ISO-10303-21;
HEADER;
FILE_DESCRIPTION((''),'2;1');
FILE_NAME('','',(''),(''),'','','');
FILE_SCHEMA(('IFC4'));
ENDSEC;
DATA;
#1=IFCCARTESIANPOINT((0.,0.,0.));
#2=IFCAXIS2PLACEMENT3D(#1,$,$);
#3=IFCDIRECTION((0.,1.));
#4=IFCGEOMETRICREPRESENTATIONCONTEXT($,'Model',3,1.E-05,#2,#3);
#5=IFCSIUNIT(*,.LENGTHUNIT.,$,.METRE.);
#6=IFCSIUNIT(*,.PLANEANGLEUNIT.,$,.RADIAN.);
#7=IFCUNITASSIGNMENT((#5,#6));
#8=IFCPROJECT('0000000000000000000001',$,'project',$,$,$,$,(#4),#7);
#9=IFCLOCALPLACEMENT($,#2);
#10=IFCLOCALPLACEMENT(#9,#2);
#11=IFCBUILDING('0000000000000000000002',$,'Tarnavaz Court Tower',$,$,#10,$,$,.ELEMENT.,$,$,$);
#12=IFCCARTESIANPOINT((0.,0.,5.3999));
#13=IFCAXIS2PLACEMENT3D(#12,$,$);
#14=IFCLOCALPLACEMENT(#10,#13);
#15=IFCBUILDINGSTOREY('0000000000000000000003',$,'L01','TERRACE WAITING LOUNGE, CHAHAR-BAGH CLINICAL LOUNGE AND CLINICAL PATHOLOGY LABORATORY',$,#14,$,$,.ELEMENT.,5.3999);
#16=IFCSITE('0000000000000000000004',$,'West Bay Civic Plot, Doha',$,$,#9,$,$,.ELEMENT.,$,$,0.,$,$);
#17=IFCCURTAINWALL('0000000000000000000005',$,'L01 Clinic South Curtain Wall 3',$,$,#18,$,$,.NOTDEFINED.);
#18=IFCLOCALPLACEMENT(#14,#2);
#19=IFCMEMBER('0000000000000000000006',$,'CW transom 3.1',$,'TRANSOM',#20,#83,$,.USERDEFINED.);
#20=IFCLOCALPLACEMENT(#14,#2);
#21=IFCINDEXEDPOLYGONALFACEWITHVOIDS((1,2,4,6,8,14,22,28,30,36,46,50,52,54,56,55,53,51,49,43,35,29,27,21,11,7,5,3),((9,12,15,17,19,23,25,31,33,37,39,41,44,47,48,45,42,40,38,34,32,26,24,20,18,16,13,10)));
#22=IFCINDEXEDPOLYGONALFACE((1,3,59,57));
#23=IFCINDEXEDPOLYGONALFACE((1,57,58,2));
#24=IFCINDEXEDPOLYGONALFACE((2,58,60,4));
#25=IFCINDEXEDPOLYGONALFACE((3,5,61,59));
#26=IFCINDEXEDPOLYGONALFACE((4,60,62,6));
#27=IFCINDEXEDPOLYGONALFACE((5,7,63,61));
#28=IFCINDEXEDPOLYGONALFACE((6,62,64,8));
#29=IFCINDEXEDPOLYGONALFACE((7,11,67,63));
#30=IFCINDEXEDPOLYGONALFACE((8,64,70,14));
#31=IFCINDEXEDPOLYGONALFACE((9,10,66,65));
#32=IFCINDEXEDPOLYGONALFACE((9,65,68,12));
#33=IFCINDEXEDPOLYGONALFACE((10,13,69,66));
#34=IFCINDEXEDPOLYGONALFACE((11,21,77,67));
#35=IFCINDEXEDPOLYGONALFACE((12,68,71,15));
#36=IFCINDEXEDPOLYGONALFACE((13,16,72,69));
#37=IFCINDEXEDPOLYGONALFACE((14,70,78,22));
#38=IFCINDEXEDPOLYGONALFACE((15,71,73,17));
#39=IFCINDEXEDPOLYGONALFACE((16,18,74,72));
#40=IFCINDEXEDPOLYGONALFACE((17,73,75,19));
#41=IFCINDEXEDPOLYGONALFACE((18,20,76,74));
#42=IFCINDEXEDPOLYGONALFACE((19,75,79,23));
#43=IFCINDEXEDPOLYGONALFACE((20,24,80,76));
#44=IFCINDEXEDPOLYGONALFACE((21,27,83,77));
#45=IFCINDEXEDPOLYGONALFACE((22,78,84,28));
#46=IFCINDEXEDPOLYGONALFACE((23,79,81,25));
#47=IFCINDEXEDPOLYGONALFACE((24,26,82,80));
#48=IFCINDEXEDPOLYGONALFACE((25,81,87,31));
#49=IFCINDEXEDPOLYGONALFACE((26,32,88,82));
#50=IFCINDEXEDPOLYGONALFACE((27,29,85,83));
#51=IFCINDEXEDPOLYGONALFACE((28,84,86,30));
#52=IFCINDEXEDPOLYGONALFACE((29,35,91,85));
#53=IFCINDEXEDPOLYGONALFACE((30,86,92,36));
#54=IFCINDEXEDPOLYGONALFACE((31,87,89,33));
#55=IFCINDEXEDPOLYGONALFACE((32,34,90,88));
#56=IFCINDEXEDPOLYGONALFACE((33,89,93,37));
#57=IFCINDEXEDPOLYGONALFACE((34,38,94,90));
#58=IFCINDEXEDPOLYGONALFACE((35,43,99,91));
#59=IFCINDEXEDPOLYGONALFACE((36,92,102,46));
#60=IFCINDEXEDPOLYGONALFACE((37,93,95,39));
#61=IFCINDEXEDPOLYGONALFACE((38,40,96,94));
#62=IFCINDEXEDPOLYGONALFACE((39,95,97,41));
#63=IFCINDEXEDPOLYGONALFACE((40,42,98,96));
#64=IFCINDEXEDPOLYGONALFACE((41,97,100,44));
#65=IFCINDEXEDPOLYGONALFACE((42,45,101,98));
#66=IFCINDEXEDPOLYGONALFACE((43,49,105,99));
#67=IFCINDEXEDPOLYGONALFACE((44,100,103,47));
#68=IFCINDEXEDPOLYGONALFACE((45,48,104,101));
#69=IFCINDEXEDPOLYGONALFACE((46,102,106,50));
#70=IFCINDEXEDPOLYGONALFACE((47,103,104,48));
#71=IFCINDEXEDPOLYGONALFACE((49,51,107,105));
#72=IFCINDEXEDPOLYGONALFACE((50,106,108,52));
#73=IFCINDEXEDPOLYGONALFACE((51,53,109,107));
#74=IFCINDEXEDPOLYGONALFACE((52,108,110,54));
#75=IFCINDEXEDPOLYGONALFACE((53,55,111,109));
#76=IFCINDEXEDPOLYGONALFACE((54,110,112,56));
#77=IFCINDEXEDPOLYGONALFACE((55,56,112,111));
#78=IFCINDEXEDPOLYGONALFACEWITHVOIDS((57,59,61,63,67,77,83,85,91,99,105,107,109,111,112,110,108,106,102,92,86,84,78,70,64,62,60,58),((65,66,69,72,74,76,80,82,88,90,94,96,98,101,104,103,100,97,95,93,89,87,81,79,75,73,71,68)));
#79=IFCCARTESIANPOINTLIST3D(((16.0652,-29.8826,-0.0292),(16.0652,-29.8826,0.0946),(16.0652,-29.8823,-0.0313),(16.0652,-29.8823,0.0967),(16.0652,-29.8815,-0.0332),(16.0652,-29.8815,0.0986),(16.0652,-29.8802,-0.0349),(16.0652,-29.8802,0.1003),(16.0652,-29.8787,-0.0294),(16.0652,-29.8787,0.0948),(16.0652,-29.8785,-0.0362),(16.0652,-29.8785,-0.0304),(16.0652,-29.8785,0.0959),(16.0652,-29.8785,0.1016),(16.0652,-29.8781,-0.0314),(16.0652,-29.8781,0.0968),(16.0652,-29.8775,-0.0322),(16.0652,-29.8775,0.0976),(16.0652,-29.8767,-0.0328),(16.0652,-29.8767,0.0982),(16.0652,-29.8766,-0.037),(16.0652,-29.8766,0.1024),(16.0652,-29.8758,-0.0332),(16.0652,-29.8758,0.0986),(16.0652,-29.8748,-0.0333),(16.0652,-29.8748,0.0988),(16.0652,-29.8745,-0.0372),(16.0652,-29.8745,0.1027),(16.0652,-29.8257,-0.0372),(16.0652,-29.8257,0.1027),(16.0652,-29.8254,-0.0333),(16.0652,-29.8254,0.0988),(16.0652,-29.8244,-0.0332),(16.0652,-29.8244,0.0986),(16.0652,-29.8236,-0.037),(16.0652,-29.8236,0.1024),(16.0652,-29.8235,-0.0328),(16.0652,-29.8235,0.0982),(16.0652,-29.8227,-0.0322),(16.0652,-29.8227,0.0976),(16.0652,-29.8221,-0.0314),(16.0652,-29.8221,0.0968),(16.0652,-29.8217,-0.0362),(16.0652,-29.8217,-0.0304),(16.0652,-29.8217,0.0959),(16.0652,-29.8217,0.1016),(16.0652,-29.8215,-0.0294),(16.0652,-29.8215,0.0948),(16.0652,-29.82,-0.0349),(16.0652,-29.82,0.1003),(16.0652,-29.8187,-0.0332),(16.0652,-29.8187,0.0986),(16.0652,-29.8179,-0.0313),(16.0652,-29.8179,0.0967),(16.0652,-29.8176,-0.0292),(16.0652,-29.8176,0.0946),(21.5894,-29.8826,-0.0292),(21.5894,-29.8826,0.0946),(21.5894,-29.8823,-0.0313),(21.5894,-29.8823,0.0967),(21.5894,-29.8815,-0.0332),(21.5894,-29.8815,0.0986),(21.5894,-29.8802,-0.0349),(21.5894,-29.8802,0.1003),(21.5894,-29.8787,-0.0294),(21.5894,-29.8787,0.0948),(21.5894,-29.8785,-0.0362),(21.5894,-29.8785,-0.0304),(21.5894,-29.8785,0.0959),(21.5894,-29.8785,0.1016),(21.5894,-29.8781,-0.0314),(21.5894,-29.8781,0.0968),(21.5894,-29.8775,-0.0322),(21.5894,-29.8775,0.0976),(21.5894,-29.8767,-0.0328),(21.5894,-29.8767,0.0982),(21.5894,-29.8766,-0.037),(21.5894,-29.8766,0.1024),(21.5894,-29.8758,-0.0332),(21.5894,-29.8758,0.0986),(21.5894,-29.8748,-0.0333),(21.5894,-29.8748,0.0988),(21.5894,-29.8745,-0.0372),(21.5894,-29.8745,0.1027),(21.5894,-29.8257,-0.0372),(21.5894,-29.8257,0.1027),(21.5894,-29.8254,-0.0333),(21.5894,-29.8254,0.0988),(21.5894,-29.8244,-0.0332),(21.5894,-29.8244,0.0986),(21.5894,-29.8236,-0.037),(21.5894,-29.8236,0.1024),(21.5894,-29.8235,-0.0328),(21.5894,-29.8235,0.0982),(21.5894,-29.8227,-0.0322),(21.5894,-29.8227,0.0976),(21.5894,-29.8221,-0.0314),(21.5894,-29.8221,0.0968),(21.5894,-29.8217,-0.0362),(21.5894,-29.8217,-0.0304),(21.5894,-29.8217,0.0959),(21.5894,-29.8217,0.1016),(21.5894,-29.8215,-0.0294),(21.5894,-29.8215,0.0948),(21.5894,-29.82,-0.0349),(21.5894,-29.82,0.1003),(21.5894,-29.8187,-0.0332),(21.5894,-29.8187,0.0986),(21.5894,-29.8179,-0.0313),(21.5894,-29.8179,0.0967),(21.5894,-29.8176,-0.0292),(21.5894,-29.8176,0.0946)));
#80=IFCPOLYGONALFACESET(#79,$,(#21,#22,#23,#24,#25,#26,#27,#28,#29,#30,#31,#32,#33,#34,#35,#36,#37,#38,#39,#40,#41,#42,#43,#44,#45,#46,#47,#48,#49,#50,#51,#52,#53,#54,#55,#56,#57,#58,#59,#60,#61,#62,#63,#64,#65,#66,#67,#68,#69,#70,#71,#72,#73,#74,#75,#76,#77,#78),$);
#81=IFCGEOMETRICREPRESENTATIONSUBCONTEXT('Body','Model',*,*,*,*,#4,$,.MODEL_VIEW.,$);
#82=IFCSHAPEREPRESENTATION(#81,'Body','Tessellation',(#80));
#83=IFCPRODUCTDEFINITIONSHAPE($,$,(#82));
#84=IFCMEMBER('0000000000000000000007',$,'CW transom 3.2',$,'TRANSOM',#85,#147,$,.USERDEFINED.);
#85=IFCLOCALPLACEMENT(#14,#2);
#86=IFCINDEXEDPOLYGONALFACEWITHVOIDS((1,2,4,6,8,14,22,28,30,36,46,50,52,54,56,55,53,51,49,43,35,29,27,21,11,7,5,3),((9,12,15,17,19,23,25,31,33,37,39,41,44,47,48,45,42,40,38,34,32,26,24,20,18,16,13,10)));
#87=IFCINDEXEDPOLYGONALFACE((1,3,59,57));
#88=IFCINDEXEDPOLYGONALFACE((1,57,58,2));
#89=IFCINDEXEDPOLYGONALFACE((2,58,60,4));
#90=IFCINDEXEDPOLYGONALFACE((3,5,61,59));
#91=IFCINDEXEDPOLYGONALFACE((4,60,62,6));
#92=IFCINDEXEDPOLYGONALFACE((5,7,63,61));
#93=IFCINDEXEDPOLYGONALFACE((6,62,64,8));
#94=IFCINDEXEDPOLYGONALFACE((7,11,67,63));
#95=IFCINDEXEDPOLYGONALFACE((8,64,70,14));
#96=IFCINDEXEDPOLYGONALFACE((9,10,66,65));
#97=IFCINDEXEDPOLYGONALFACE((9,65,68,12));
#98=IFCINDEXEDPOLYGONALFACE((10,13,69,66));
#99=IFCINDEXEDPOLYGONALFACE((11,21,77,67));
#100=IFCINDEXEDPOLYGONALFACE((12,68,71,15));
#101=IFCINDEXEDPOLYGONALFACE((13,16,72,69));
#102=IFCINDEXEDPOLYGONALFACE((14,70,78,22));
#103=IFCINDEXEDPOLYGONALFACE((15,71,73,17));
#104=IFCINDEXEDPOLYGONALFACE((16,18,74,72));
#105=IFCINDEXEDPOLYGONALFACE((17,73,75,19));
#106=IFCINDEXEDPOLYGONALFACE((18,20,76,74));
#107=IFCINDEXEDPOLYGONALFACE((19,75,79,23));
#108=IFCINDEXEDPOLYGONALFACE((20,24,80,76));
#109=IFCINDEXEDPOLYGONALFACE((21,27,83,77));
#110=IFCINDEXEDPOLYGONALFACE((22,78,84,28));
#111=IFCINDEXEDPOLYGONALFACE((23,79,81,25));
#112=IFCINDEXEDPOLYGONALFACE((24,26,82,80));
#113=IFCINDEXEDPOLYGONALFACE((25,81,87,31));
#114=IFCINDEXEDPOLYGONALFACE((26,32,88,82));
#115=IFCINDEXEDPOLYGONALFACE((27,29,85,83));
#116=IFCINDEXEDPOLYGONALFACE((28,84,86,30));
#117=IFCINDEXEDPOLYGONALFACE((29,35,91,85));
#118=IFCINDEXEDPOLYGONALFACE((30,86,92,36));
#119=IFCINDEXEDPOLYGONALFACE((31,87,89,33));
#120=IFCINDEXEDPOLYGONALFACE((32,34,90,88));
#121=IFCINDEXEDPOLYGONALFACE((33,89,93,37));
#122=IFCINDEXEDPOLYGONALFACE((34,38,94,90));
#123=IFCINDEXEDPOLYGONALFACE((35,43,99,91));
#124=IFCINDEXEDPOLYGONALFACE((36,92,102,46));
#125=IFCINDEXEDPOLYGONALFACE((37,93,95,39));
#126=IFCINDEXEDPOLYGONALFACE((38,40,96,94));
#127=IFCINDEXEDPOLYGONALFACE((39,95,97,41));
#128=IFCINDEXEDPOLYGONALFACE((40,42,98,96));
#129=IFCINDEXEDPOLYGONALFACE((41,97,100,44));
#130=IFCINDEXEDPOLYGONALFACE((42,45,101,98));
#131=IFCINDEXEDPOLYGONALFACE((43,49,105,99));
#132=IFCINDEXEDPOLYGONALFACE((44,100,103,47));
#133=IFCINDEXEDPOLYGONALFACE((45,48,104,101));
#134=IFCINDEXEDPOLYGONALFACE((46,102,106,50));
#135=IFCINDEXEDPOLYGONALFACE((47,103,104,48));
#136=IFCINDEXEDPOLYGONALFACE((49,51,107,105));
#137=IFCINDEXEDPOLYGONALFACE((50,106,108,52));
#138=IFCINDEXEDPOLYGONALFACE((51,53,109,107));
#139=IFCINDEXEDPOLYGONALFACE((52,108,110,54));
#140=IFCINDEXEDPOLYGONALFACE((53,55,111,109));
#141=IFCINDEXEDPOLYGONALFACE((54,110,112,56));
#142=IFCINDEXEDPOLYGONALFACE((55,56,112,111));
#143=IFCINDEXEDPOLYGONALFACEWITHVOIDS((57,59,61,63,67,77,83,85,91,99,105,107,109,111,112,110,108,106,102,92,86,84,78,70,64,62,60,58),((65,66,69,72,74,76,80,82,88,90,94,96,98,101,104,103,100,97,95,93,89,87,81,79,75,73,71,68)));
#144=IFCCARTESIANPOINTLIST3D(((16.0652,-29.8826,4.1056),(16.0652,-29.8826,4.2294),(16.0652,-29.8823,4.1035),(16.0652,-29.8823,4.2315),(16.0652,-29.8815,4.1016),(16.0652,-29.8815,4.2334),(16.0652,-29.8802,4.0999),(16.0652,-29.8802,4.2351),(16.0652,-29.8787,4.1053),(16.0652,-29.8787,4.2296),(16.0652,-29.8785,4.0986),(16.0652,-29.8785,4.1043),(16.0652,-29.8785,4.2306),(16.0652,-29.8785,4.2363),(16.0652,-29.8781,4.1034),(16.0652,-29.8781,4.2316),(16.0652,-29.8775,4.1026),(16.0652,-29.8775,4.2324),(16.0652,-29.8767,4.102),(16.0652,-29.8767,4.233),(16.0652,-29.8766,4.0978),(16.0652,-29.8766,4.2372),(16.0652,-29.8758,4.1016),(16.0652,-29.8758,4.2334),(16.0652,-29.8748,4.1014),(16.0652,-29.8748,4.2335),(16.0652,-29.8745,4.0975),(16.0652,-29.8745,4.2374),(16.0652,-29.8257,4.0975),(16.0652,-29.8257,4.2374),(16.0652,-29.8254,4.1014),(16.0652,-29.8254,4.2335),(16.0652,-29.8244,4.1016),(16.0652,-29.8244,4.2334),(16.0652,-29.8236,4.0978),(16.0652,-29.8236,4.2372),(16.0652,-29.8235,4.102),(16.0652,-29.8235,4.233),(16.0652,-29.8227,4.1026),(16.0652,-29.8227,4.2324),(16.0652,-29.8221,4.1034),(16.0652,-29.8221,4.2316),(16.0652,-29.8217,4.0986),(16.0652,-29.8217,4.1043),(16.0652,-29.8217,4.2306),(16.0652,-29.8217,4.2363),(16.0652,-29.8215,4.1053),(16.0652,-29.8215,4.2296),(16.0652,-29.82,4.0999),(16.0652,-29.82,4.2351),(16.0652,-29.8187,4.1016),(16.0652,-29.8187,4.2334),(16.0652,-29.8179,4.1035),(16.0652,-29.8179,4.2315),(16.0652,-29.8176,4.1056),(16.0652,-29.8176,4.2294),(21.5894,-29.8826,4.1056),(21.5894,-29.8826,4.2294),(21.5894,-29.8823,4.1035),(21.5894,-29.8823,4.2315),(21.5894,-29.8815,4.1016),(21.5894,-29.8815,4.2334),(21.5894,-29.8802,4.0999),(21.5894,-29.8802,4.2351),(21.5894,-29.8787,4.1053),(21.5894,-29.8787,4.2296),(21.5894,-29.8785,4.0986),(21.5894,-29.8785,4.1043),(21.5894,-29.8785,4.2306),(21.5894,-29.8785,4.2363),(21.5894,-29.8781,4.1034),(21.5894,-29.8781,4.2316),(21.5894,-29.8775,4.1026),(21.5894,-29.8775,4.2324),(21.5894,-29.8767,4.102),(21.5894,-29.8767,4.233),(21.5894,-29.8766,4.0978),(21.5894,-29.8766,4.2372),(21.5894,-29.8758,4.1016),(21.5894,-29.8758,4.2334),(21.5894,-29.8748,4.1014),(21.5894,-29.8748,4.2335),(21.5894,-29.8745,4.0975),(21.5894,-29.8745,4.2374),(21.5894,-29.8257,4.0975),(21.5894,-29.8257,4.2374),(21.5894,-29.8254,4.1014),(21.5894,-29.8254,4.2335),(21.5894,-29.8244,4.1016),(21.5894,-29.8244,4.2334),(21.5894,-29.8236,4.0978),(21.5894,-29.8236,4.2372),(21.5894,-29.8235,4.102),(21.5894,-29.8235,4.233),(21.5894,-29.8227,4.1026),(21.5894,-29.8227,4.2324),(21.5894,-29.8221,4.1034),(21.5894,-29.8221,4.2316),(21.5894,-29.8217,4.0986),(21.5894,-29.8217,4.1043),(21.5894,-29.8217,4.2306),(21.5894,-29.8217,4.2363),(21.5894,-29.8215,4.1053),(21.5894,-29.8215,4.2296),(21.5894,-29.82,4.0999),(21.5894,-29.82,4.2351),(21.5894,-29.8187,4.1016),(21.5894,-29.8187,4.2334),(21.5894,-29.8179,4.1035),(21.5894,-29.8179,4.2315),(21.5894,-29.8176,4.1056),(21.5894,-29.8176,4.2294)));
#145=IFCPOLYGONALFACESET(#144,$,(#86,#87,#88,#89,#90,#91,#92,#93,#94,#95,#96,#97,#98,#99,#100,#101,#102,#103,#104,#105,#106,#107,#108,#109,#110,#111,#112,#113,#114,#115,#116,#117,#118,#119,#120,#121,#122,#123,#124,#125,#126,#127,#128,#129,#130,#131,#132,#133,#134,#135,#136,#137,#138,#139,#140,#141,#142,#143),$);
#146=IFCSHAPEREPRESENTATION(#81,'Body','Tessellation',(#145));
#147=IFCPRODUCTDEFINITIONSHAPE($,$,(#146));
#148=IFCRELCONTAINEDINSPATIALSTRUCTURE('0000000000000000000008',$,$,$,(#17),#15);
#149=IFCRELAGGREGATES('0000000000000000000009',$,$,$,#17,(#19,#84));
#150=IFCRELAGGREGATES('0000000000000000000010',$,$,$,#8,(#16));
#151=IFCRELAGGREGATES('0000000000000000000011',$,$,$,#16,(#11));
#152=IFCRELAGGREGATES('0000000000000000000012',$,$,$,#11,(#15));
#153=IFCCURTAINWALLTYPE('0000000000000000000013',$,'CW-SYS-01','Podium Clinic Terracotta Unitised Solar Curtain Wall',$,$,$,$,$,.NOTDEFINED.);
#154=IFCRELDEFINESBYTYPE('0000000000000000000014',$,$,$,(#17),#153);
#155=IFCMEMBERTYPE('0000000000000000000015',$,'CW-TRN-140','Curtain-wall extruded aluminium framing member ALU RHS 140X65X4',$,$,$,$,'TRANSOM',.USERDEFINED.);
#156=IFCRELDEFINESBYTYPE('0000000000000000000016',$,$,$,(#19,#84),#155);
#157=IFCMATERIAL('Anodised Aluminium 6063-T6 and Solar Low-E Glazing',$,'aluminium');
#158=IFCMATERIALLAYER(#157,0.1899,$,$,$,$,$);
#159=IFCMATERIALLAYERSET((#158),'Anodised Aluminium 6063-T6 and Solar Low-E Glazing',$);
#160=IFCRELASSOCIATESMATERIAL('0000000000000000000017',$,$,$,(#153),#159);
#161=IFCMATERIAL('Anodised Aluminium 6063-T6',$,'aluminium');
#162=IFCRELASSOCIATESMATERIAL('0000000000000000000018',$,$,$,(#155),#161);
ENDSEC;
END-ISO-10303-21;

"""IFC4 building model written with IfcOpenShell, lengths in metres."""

from ifc_helpers import new_model, si_unit, direction, frame, origin, origin_2d, place, context, subcontext, project, spatial, hollow_rectangle, extrude, material, layer, layer_set, material_profile, profile_set, type_object, element, aggregate, save


model = new_model("IFC4")

# Units and contexts
model_context = context("Model", 3, precision=1e-05, world=origin(), true_north=direction((0.0, 1.0)))
body_context = subcontext(model_context, "Body", "Model", "MODEL_VIEW")
ifc_project = project(units=[si_unit("LENGTHUNIT", "METRE"), si_unit("PLANEANGLEUNIT", "RADIAN")], contexts=[model_context])

# Site, building, storey
site_placement = place(None, origin())
site = spatial("IfcSite", under=ifc_project, at=site_placement, Name="West Bay Civic Plot, Doha", CompositionType="ELEMENT", RefElevation=0.0)
building_placement = place(site_placement, origin())
building = spatial("IfcBuilding", under=site, at=building_placement, Name="Tarnavaz Court Tower", CompositionType="ELEMENT")
storey_placement = place(building_placement, frame((0.0, 0.0, 5.3999)))
storey = spatial("IfcBuildingStorey", under=building, at=storey_placement, Name="L01", Description="TERRACE WAITING LOUNGE, CHAHAR-BAGH CLINICAL LOUNGE AND CLINICAL PATHOLOGY LABORATORY", CompositionType="ELEMENT", Elevation=5.3999)

# Curtain wall, members
ifc_material_1 = material(Name="Anodised Aluminium 6063-T6 and Solar Low-E Glazing", Category="aluminium")
ifc_layer_1 = layer(ifc_material_1, 0.1899)
ifc_layer_set_1 = layer_set([ifc_layer_1], Name="Anodised Aluminium 6063-T6 and Solar Low-E Glazing")
curtain_wall_type = type_object("IfcCurtainWallType", Name="CW-SYS-01", Description="Podium Clinic Terracotta Unitised Solar Curtain Wall", PredefinedType="NOTDEFINED", material=ifc_layer_set_1)
curtain_wall_placement = place(storey_placement, origin())
curtain_wall = element("IfcCurtainWall", 1, at=curtain_wall_placement, inside=storey, type_object=curtain_wall_type, Name="L01 Clinic South Curtain Wall 3", PredefinedType="NOTDEFINED")
ifc_material_2 = material(Name="Anodised Aluminium 6063-T6", Category="aluminium")
ifc_material_profile_1 = material_profile(ifc_material_2, hollow_rectangle(XDim=0.0649, YDim=0.1399, WallThickness=0.0039, InnerFilletRadius=0.0039, OuterFilletRadius=0.0081, at=origin_2d()), Name="ALU RHS 140X65X4")
ifc_profile_set_1 = profile_set([ifc_material_profile_1], Name="Anodised Aluminium 6063-T6")
member_type_1 = type_object("IfcMemberType", Name="CW-TRN-140", Description="Curtain-wall extruded aluminium framing member ALU RHS 140X65X4", ElementType="TRANSOM", PredefinedType="USERDEFINED", material=ifc_profile_set_1)
member_1_placement = place(storey_placement, frame((21.5894, -29.8501, 0.0327), z_axis=(-1.0, 0.0, 0.0), x_axis=(0.0, -1.0, 0.0)))
member_1 = element("IfcMember", 2, at=member_1_placement, type_object=member_type_1, Name="CW transom 3.1", ObjectType="TRANSOM", PredefinedType="USERDEFINED", context=body_context, shape_type="SweptSolid", body=[
    extrude(hollow_rectangle(XDim=0.0649, YDim=0.1399, WallThickness=0.0039, InnerFilletRadius=0.0039, OuterFilletRadius=0.0081, at=origin_2d()), origin(), (0.0, 0.0, 1.0), 5.5242),
])
member_2_placement = place(storey_placement, frame((21.5894, -29.8501, 4.1675), z_axis=(-1.0, 0.0, 0.0), x_axis=(0.0, -1.0, 0.0)))
member_2 = element("IfcMember", 3, at=member_2_placement, type_object=member_type_1, Name="CW transom 3.2", ObjectType="TRANSOM", PredefinedType="USERDEFINED", context=body_context, shape_type="SweptSolid", body=[
    extrude(hollow_rectangle(XDim=0.0649, YDim=0.1399, WallThickness=0.0039, InnerFilletRadius=0.0039, OuterFilletRadius=0.0081, at=origin_2d()), origin(), (0.0, 0.0, 1.0), 5.5242),
])
aggregate(curtain_wall, [member_1, member_2])

save(model, "model.ifc")
